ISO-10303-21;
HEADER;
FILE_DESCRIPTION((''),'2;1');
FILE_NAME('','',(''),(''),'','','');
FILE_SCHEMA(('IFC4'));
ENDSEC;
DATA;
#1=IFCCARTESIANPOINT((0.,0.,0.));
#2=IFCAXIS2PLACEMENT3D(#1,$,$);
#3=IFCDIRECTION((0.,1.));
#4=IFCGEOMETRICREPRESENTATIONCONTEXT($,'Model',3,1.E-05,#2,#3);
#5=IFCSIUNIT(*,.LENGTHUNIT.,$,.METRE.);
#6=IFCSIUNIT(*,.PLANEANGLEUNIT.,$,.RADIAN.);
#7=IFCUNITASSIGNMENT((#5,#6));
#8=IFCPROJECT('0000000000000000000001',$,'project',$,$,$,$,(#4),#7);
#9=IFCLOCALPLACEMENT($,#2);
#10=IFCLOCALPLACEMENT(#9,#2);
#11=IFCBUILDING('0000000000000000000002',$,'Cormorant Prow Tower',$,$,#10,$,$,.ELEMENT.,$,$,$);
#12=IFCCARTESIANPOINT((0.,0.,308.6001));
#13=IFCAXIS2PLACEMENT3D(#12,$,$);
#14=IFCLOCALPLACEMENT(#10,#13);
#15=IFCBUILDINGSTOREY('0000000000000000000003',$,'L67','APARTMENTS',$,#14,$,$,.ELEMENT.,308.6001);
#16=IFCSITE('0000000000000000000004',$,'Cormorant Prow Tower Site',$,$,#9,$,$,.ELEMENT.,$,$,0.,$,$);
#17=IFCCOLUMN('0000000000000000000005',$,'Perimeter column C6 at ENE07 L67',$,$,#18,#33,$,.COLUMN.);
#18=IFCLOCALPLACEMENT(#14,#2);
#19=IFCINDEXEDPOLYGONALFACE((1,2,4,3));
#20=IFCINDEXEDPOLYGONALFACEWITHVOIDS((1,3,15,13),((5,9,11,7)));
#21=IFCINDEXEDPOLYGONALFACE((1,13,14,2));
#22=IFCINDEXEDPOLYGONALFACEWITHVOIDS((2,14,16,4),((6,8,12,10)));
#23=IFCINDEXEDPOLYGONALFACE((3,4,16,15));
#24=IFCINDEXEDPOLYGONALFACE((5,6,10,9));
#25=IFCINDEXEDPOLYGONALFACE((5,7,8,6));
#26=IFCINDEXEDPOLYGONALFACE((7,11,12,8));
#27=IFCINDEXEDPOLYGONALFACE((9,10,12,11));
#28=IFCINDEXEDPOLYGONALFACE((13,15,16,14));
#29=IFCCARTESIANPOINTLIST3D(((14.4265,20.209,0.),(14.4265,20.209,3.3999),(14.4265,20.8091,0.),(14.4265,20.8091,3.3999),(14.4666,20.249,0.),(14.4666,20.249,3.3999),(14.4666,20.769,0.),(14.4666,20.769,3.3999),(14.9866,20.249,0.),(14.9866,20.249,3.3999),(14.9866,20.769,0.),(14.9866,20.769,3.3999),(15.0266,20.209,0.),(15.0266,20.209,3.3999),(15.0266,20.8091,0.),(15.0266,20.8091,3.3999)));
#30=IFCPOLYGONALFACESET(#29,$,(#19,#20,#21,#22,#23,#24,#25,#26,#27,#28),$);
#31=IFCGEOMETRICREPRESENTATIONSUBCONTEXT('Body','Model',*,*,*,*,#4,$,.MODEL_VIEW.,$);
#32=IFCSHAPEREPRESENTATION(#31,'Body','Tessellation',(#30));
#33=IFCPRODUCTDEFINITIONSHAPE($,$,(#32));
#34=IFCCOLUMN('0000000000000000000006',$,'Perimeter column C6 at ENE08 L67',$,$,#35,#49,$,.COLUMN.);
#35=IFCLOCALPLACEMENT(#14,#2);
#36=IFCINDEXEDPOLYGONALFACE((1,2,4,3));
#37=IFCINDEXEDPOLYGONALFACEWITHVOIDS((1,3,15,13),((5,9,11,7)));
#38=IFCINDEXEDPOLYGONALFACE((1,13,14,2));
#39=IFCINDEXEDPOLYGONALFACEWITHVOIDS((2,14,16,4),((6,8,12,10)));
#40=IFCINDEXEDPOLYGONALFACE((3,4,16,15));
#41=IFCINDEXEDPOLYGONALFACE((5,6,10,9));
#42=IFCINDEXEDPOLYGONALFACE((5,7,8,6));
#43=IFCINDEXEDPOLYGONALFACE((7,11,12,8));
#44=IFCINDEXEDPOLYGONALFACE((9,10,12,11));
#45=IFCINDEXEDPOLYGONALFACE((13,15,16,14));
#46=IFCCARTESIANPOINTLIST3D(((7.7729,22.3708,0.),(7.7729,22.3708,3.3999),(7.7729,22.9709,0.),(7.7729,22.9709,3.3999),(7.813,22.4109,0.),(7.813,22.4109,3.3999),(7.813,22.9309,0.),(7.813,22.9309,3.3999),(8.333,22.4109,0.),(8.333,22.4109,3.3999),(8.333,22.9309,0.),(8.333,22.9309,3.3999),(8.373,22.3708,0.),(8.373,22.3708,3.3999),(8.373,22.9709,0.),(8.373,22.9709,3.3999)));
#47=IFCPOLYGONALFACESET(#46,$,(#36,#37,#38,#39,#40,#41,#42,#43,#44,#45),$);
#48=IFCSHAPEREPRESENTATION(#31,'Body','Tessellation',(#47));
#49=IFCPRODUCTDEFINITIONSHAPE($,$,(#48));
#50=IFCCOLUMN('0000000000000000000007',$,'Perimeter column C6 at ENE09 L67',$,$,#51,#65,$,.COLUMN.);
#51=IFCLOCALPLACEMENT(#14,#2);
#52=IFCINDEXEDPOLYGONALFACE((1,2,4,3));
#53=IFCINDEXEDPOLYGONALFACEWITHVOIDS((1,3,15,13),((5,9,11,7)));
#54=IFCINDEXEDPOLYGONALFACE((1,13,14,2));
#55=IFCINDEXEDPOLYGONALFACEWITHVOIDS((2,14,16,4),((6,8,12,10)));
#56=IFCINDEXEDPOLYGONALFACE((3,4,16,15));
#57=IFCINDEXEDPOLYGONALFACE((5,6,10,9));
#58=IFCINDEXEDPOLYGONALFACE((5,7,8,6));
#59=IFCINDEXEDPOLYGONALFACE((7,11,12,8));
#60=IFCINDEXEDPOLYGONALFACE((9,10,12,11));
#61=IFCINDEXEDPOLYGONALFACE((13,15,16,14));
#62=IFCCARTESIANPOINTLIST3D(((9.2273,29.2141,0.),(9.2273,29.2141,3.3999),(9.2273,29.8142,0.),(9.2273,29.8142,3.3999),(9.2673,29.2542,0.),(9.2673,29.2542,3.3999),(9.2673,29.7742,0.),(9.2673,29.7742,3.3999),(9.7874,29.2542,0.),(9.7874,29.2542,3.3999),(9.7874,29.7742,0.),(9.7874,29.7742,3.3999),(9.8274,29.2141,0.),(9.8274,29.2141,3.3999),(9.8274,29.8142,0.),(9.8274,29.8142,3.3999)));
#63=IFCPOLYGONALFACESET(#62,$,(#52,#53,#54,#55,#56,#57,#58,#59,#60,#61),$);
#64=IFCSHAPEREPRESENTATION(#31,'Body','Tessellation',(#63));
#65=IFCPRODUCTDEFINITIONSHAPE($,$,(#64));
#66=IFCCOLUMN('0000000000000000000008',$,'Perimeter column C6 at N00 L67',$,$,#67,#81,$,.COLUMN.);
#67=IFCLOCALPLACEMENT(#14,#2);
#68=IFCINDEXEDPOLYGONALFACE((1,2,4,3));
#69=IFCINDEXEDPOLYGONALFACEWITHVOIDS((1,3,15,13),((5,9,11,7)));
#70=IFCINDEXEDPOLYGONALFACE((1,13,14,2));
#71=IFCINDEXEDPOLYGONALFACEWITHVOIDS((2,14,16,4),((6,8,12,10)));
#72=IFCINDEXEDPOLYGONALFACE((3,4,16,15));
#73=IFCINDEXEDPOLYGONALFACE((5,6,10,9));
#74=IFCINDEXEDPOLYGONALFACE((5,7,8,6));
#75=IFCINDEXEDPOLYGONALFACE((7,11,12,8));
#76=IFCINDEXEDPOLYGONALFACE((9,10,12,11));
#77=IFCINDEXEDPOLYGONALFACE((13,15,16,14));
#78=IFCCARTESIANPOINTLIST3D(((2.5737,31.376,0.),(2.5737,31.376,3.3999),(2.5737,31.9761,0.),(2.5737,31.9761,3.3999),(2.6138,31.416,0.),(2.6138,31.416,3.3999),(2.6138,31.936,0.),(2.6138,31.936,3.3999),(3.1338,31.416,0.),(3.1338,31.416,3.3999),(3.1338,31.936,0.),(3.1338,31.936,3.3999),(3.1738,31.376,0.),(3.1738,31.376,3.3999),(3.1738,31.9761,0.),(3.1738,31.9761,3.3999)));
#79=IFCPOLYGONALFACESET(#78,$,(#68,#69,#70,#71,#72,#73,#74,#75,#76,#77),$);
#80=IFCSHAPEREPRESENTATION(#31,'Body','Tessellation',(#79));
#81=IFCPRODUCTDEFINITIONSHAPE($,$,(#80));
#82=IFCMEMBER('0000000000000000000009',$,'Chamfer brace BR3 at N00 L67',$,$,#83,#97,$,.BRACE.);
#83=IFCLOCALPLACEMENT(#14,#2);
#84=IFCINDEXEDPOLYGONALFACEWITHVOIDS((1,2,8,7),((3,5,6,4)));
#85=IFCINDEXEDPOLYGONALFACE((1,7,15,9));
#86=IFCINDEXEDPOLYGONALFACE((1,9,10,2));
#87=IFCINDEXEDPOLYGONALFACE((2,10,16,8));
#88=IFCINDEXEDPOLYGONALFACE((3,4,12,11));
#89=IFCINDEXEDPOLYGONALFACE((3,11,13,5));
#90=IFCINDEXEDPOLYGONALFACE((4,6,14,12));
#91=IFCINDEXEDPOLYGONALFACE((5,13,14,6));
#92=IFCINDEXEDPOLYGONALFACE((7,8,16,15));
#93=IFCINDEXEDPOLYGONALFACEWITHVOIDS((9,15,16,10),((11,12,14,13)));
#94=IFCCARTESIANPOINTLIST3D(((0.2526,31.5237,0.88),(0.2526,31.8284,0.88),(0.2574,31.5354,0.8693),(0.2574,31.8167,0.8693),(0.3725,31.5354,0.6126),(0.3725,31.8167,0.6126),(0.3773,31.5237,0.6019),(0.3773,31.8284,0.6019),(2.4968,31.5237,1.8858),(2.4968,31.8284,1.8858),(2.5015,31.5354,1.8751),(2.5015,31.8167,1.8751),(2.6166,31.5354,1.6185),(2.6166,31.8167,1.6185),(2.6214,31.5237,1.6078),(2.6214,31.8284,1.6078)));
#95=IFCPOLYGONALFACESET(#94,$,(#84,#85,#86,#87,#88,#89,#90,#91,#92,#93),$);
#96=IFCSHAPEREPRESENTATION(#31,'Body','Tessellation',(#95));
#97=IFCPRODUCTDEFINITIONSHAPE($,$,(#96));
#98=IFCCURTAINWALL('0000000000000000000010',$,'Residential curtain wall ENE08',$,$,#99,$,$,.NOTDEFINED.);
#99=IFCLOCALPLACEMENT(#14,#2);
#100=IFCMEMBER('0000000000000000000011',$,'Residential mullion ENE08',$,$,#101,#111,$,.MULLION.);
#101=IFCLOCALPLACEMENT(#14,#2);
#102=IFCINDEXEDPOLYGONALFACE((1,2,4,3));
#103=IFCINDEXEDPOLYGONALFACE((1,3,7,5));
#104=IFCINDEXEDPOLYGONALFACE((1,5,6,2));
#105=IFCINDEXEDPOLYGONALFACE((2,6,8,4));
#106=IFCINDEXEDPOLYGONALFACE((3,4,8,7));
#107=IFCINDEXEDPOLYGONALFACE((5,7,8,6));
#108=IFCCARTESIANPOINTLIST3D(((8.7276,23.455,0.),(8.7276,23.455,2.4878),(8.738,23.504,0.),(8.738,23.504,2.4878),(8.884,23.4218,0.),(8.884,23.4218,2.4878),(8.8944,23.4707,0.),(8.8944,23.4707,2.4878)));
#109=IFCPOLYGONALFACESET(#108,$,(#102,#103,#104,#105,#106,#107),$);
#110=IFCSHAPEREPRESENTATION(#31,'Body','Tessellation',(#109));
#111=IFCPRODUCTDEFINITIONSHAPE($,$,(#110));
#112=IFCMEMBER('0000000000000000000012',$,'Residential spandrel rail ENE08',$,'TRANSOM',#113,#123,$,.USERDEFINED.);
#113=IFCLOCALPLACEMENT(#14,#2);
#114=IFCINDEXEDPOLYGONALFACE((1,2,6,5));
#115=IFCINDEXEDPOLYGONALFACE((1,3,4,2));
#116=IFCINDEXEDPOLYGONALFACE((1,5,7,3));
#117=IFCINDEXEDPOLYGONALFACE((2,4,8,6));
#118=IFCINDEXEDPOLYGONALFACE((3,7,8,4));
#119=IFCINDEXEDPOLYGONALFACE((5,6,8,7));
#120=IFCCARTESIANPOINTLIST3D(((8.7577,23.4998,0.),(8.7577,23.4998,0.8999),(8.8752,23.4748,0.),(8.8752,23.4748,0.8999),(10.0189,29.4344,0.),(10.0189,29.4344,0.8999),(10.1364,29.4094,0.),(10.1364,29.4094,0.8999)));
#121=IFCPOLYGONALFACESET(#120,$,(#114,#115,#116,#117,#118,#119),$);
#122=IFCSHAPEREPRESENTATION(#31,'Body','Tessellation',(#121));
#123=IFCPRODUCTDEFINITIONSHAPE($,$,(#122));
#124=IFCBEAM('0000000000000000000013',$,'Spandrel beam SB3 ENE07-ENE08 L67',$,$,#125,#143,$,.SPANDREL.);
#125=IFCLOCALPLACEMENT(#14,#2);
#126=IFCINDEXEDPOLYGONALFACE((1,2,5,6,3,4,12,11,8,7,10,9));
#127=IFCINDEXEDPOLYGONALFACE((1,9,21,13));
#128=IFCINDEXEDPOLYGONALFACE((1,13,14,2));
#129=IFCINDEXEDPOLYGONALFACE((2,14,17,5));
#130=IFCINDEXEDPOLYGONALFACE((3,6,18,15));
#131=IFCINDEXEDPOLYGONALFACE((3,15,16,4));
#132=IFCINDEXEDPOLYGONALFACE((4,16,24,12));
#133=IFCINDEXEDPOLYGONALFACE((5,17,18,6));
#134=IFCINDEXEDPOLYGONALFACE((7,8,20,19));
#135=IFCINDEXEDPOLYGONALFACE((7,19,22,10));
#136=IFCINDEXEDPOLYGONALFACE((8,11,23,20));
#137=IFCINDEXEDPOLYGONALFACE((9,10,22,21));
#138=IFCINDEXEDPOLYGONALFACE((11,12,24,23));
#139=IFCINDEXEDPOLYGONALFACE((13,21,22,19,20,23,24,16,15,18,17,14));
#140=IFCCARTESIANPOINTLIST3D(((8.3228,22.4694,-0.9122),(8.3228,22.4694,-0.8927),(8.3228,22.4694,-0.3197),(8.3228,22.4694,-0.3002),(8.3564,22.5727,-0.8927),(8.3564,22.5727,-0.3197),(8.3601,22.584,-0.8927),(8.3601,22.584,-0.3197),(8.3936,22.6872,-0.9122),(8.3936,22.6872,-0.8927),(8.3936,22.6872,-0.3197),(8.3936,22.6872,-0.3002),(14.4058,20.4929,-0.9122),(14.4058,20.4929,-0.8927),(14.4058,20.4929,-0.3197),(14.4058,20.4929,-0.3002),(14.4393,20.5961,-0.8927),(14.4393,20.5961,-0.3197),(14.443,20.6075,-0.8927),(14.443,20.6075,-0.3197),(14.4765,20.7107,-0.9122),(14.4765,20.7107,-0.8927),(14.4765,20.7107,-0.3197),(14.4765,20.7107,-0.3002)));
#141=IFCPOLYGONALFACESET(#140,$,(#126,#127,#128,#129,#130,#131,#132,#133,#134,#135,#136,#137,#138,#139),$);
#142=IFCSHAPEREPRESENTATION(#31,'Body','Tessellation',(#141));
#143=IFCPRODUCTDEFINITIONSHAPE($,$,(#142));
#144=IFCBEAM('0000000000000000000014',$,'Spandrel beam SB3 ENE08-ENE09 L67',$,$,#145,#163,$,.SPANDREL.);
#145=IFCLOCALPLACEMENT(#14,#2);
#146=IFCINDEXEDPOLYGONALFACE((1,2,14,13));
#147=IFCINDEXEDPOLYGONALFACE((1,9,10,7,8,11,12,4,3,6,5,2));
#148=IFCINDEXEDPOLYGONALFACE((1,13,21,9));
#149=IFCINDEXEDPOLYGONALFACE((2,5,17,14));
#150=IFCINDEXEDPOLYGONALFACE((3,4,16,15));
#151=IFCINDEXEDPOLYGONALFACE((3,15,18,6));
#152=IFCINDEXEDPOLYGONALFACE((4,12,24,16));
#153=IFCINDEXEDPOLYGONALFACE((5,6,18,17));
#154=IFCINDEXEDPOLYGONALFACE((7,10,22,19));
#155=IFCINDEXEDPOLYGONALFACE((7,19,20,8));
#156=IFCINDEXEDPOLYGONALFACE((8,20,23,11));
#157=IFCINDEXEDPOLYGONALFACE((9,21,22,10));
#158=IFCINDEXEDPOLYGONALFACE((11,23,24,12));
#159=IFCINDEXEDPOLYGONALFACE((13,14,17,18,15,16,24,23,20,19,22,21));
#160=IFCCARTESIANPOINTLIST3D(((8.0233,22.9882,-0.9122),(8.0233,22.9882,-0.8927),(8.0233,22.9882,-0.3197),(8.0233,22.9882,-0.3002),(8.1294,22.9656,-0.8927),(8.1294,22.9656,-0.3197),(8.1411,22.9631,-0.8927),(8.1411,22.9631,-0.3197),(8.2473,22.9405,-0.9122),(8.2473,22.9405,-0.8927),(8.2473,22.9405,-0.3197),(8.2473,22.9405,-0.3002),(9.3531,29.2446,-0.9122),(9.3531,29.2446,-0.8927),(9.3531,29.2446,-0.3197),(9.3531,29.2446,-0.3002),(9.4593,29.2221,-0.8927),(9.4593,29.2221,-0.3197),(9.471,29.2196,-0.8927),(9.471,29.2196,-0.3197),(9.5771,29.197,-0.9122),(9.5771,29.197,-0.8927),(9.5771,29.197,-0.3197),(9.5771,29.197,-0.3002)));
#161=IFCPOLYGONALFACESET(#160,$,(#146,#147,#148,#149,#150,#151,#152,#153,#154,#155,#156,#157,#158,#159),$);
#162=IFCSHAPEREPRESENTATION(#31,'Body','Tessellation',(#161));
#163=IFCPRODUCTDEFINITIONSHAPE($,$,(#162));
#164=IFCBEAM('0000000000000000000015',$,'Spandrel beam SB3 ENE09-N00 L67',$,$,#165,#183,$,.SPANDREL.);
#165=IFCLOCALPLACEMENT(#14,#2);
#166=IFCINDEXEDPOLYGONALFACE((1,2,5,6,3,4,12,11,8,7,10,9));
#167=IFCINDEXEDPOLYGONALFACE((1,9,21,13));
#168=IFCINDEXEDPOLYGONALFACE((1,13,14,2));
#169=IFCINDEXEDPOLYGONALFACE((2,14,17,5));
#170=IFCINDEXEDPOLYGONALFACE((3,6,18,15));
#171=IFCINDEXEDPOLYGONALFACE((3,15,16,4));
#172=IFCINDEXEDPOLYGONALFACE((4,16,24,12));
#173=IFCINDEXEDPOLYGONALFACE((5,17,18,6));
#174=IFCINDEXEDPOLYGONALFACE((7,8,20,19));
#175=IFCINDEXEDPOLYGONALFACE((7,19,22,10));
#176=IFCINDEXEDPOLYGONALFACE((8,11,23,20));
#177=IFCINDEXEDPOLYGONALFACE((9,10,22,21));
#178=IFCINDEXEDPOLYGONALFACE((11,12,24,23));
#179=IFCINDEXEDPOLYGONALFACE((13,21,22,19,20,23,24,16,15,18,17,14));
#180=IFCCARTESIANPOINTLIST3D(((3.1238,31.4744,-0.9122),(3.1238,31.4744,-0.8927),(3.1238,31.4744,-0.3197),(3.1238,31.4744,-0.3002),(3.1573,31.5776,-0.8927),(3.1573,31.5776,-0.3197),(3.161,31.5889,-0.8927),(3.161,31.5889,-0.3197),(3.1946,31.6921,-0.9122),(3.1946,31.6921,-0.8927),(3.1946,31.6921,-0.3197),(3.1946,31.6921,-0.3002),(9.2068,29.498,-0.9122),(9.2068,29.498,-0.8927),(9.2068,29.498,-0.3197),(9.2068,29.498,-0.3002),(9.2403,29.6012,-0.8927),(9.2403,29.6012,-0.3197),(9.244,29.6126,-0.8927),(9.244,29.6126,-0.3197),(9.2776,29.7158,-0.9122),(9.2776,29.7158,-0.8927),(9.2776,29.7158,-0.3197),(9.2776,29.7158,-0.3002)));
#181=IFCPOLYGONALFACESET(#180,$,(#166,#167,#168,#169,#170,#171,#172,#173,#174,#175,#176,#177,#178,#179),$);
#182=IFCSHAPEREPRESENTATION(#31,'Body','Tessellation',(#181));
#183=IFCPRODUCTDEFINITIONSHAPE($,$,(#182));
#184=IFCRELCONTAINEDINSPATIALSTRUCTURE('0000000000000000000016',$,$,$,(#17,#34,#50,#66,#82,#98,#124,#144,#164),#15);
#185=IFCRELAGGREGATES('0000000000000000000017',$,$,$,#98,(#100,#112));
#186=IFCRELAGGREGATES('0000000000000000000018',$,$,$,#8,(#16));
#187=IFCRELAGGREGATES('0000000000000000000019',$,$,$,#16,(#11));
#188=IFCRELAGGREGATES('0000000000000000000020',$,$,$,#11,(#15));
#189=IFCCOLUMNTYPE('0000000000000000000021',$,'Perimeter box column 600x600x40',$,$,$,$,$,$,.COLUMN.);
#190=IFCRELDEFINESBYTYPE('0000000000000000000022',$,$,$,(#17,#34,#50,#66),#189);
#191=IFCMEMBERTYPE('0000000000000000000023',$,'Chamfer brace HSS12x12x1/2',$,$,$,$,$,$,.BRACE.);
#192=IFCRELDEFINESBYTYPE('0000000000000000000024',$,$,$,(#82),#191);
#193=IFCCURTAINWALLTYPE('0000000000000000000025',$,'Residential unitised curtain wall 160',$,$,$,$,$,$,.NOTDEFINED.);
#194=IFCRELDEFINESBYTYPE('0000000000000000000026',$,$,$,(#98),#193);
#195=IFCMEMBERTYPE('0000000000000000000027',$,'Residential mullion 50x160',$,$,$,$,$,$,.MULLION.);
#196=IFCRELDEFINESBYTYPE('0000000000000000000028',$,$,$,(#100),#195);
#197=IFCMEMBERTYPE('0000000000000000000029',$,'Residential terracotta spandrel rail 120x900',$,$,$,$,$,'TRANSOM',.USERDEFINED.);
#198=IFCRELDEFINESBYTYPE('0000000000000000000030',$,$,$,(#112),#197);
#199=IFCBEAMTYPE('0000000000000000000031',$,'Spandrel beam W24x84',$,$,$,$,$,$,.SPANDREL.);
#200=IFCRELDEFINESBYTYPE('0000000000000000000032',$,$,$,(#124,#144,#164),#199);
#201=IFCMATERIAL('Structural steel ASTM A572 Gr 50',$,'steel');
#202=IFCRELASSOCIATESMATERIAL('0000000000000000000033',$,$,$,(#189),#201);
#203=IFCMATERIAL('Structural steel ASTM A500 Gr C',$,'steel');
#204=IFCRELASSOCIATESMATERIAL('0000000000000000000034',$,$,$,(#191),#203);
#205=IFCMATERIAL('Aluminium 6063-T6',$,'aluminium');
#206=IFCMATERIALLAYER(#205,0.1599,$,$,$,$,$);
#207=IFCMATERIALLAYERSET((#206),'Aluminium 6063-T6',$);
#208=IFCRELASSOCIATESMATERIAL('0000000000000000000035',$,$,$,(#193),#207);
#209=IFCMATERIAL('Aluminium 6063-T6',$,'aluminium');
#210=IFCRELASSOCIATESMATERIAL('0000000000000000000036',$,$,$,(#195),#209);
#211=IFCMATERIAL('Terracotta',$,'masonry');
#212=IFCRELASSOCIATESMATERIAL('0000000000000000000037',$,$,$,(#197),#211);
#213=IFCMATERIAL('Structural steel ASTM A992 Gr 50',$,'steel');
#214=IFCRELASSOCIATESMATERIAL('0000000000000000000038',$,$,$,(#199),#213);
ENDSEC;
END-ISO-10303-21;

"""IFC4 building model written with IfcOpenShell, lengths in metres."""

from ifc_helpers import new_model, si_unit, direction, frame, origin, origin_2d, place, context, subcontext, project, spatial, rectangle, hollow_rectangle, i_section, extrude, material, layer, layer_set, material_profile, profile_set, type_object, element, aggregate, save


model = new_model("IFC4")

# Units and contexts
model_context = context("Model", 3, precision=1e-05, world=origin(), true_north=direction((0.0, 1.0)))
body_context = subcontext(model_context, "Body", "Model", "MODEL_VIEW")
ifc_project = project(units=[si_unit("LENGTHUNIT", "METRE"), si_unit("PLANEANGLEUNIT", "RADIAN")], contexts=[model_context])

# Site, building, storey
site_placement = place(None, origin())
site = spatial("IfcSite", under=ifc_project, at=site_placement, Name="Cormorant Prow Tower Site", CompositionType="ELEMENT", RefElevation=0.0)
building_placement = place(site_placement, origin())
building = spatial("IfcBuilding", under=site, at=building_placement, Name="Cormorant Prow Tower", CompositionType="ELEMENT")
storey_placement = place(building_placement, frame((0.0, 0.0, 308.6001)))
storey = spatial("IfcBuildingStorey", under=building, at=storey_placement, Name="L67", Description="APARTMENTS", CompositionType="ELEMENT", Elevation=308.6001)

# Columns
ifc_material_1 = material(Name="Structural steel ASTM A572 Gr 50", Category="steel")
ifc_material_profile_1 = material_profile(ifc_material_1, hollow_rectangle(XDim=0.6001, YDim=0.6001, WallThickness=0.04, at=origin_2d()), Name="Box 600x600x40")
ifc_profile_set_1 = profile_set([ifc_material_profile_1], Name="Structural steel ASTM A572 Gr 50")
column_type = type_object("IfcColumnType", Name="Perimeter box column 600x600x40", PredefinedType="COLUMN", material=ifc_profile_set_1)
for number, where, z_axis, x_axis, name in (
    (1, (14.7266, 20.509, 0.0), (0.0, 0.0, 1.0), (1.0, 0.0, 0.0), "Perimeter column C6 at ENE07 L67"),
    (2, (8.073, 22.6709, 0.0), (0.0, 0.0, 1.0), (1.0, 0.0, 0.0), "Perimeter column C6 at ENE08 L67"),
    (3, (9.5273, 29.5142, 0.0), (0.0, 0.0, 1.0), (1.0, 0.0, 0.0), "Perimeter column C6 at ENE09 L67"),
    (4, (2.8738, 31.676, 0.0), (0.0, 0.0, 1.0), (1.0, 0.0, 0.0), "Perimeter column C6 at N00 L67"),
):
    element("IfcColumn", number, at=place(storey_placement, frame(where, z_axis=z_axis, x_axis=x_axis)), inside=storey, type_object=column_type, Name=name, PredefinedType="COLUMN", context=body_context, shape_type="SweptSolid", body=[
        extrude(hollow_rectangle(XDim=0.6001, YDim=0.6001, WallThickness=0.04, at=origin_2d()), origin(), (0.0, 0.0, 1.0), 3.3999),
    ])

# Member
ifc_material_2 = material(Name="Structural steel ASTM A500 Gr C", Category="steel")
ifc_material_profile_2 = material_profile(ifc_material_2, hollow_rectangle(XDim=0.3047, YDim=0.3047, WallThickness=0.0117, at=origin_2d()), Name="HSS12x12x1/2")
ifc_profile_set_2 = profile_set([ifc_material_profile_2], Name="Structural steel ASTM A500 Gr C")
member_type_1 = type_object("IfcMemberType", Name="Chamfer brace HSS12x12x1/2", PredefinedType="BRACE", material=ifc_profile_set_2)
member_1_placement = place(storey_placement, frame((0.3149, 31.676, 0.741), z_axis=(0.91253, 0.0, 0.40901), x_axis=(0.0, 1.0, 0.0)))
element("IfcMember", 5, at=member_1_placement, inside=storey, type_object=member_type_1, Name="Chamfer brace BR3 at N00 L67", PredefinedType="BRACE", context=body_context, shape_type="SweptSolid", body=[
    extrude(hollow_rectangle(XDim=0.3047, YDim=0.3047, WallThickness=0.0117, at=origin_2d()), origin(), (0.0, 0.0, 1.0), 2.4592),
])

# Curtain wall, members
ifc_material_3 = material(Name="Aluminium 6063-T6", Category="aluminium")
ifc_layer_1 = layer(ifc_material_3, 0.1599)
ifc_layer_set_1 = layer_set([ifc_layer_1], Name="Aluminium 6063-T6")
curtain_wall_type = type_object("IfcCurtainWallType", Name="Residential unitised curtain wall 160", PredefinedType="NOTDEFINED", material=ifc_layer_set_1)
curtain_wall_1_placement = place(storey_placement, origin())
curtain_wall_1 = element("IfcCurtainWall", 6, at=curtain_wall_1_placement, inside=storey, type_object=curtain_wall_type, Name="Residential curtain wall ENE08", PredefinedType="NOTDEFINED")
ifc_material_4 = material(Name="Aluminium 6063-T6", Category="aluminium")
ifc_material_profile_3 = material_profile(ifc_material_4, rectangle(XDim=0.1599, YDim=0.05, at=origin_2d()), Name="Residential mullion 50x160")
ifc_profile_set_3 = profile_set([ifc_material_profile_3], Name="Aluminium 6063-T6")
member_type_2 = type_object("IfcMemberType", Name="Residential mullion 50x160", PredefinedType="MULLION", material=ifc_profile_set_3)
member_2_placement = place(storey_placement, frame((8.811, 23.4629, 0.0), z_axis=(0.0, 0.0, 1.0), x_axis=(-0.978148, 0.207912, 0.0)))
member_2 = element("IfcMember", 7, at=member_2_placement, type_object=member_type_2, Name="Residential mullion ENE08", PredefinedType="MULLION", context=body_context, shape_type="SweptSolid", body=[
    extrude(rectangle(XDim=0.1599, YDim=0.05, at=origin_2d()), origin(), (0.0, 0.0, 1.0), 2.4878),
])
ifc_material_5 = material(Name="Terracotta", Category="masonry")
ifc_material_profile_4 = material_profile(ifc_material_5, rectangle(XDim=0.1201, YDim=0.8999, at=origin_2d()), Name="Residential terracotta spandrel rail 120x900")
ifc_profile_set_4 = profile_set([ifc_material_profile_4], Name="Terracotta")
member_type_3 = type_object("IfcMemberType", Name="Residential terracotta spandrel rail 120x900", ElementType="TRANSOM", PredefinedType="USERDEFINED", material=ifc_profile_set_4)
member_3_placement = place(storey_placement, frame((8.8164, 23.4873, 0.45), z_axis=(0.20788, 0.978154, 0.0), x_axis=(-0.978154, 0.20788, 0.0)))
member_3 = element("IfcMember", 8, at=member_3_placement, type_object=member_type_3, Name="Residential spandrel rail ENE08", ObjectType="TRANSOM", PredefinedType="USERDEFINED", context=body_context, shape_type="SweptSolid", body=[
    extrude(rectangle(XDim=0.1201, YDim=0.8999, at=origin_2d()), origin(), (0.0, 0.0, 1.0), 6.0671),
])

# Beams
ifc_material_6 = material(Name="Structural steel ASTM A992 Gr 50", Category="steel")
ifc_material_profile_5 = material_profile(ifc_material_6, i_section(OverallWidth=0.229, OverallDepth=0.6121, WebThickness=0.012, FlangeThickness=0.0195, at=origin_2d()), Name="W24x84")
ifc_profile_set_5 = profile_set([ifc_material_profile_5], Name="Structural steel ASTM A992 Gr 50")
beam_type = type_object("IfcBeamType", Name="Spandrel beam W24x84", PredefinedType="SPANDREL", material=ifc_profile_set_5)
beam_1_placement = place(storey_placement, frame((14.4412, 20.6018, -0.6062), z_axis=(-0.951053, 0.309027, 0.0), x_axis=(-0.309027, -0.951053, 0.0)))
element("IfcBeam", 9, at=beam_1_placement, inside=storey, type_object=beam_type, Name="Spandrel beam SB3 ENE07-ENE08 L67", PredefinedType="SPANDREL", context=body_context, shape_type="SweptSolid", body=[
    extrude(i_section(OverallWidth=0.229, OverallDepth=0.6121, WebThickness=0.012, FlangeThickness=0.0195, at=origin_2d()), origin(), (0.0, 0.0, 1.0), 6.396),
])
beam_2_placement = place(storey_placement, frame((8.1353, 22.9644, -0.6062), z_axis=(0.207913, 0.978147, 0.0), x_axis=(-0.978147, 0.207913, 0.0)))
element("IfcBeam", 10, at=beam_2_placement, inside=storey, type_object=beam_type, Name="Spandrel beam SB3 ENE08-ENE09 L67", PredefinedType="SPANDREL", context=body_context, shape_type="SweptSolid", body=[
    extrude(i_section(OverallWidth=0.229, OverallDepth=0.6121, WebThickness=0.012, FlangeThickness=0.0195, at=origin_2d()), origin(), (0.0, 0.0, 1.0), 6.3962),
])
beam_3_placement = place(storey_placement, frame((9.2422, 29.6069, -0.6062), z_axis=(-0.951064, 0.308993, 0.0), x_axis=(-0.308993, -0.951064, 0.0)))
element("IfcBeam", 11, at=beam_3_placement, inside=storey, type_object=beam_type, Name="Spandrel beam SB3 ENE09-N00 L67", PredefinedType="SPANDREL", context=body_context, shape_type="SweptSolid", body=[
    extrude(i_section(OverallWidth=0.229, OverallDepth=0.6121, WebThickness=0.012, FlangeThickness=0.0195, at=origin_2d()), origin(), (0.0, 0.0, 1.0), 6.396),
])

aggregate(curtain_wall_1, [member_2, member_3])

save(model, "model.ifc")
